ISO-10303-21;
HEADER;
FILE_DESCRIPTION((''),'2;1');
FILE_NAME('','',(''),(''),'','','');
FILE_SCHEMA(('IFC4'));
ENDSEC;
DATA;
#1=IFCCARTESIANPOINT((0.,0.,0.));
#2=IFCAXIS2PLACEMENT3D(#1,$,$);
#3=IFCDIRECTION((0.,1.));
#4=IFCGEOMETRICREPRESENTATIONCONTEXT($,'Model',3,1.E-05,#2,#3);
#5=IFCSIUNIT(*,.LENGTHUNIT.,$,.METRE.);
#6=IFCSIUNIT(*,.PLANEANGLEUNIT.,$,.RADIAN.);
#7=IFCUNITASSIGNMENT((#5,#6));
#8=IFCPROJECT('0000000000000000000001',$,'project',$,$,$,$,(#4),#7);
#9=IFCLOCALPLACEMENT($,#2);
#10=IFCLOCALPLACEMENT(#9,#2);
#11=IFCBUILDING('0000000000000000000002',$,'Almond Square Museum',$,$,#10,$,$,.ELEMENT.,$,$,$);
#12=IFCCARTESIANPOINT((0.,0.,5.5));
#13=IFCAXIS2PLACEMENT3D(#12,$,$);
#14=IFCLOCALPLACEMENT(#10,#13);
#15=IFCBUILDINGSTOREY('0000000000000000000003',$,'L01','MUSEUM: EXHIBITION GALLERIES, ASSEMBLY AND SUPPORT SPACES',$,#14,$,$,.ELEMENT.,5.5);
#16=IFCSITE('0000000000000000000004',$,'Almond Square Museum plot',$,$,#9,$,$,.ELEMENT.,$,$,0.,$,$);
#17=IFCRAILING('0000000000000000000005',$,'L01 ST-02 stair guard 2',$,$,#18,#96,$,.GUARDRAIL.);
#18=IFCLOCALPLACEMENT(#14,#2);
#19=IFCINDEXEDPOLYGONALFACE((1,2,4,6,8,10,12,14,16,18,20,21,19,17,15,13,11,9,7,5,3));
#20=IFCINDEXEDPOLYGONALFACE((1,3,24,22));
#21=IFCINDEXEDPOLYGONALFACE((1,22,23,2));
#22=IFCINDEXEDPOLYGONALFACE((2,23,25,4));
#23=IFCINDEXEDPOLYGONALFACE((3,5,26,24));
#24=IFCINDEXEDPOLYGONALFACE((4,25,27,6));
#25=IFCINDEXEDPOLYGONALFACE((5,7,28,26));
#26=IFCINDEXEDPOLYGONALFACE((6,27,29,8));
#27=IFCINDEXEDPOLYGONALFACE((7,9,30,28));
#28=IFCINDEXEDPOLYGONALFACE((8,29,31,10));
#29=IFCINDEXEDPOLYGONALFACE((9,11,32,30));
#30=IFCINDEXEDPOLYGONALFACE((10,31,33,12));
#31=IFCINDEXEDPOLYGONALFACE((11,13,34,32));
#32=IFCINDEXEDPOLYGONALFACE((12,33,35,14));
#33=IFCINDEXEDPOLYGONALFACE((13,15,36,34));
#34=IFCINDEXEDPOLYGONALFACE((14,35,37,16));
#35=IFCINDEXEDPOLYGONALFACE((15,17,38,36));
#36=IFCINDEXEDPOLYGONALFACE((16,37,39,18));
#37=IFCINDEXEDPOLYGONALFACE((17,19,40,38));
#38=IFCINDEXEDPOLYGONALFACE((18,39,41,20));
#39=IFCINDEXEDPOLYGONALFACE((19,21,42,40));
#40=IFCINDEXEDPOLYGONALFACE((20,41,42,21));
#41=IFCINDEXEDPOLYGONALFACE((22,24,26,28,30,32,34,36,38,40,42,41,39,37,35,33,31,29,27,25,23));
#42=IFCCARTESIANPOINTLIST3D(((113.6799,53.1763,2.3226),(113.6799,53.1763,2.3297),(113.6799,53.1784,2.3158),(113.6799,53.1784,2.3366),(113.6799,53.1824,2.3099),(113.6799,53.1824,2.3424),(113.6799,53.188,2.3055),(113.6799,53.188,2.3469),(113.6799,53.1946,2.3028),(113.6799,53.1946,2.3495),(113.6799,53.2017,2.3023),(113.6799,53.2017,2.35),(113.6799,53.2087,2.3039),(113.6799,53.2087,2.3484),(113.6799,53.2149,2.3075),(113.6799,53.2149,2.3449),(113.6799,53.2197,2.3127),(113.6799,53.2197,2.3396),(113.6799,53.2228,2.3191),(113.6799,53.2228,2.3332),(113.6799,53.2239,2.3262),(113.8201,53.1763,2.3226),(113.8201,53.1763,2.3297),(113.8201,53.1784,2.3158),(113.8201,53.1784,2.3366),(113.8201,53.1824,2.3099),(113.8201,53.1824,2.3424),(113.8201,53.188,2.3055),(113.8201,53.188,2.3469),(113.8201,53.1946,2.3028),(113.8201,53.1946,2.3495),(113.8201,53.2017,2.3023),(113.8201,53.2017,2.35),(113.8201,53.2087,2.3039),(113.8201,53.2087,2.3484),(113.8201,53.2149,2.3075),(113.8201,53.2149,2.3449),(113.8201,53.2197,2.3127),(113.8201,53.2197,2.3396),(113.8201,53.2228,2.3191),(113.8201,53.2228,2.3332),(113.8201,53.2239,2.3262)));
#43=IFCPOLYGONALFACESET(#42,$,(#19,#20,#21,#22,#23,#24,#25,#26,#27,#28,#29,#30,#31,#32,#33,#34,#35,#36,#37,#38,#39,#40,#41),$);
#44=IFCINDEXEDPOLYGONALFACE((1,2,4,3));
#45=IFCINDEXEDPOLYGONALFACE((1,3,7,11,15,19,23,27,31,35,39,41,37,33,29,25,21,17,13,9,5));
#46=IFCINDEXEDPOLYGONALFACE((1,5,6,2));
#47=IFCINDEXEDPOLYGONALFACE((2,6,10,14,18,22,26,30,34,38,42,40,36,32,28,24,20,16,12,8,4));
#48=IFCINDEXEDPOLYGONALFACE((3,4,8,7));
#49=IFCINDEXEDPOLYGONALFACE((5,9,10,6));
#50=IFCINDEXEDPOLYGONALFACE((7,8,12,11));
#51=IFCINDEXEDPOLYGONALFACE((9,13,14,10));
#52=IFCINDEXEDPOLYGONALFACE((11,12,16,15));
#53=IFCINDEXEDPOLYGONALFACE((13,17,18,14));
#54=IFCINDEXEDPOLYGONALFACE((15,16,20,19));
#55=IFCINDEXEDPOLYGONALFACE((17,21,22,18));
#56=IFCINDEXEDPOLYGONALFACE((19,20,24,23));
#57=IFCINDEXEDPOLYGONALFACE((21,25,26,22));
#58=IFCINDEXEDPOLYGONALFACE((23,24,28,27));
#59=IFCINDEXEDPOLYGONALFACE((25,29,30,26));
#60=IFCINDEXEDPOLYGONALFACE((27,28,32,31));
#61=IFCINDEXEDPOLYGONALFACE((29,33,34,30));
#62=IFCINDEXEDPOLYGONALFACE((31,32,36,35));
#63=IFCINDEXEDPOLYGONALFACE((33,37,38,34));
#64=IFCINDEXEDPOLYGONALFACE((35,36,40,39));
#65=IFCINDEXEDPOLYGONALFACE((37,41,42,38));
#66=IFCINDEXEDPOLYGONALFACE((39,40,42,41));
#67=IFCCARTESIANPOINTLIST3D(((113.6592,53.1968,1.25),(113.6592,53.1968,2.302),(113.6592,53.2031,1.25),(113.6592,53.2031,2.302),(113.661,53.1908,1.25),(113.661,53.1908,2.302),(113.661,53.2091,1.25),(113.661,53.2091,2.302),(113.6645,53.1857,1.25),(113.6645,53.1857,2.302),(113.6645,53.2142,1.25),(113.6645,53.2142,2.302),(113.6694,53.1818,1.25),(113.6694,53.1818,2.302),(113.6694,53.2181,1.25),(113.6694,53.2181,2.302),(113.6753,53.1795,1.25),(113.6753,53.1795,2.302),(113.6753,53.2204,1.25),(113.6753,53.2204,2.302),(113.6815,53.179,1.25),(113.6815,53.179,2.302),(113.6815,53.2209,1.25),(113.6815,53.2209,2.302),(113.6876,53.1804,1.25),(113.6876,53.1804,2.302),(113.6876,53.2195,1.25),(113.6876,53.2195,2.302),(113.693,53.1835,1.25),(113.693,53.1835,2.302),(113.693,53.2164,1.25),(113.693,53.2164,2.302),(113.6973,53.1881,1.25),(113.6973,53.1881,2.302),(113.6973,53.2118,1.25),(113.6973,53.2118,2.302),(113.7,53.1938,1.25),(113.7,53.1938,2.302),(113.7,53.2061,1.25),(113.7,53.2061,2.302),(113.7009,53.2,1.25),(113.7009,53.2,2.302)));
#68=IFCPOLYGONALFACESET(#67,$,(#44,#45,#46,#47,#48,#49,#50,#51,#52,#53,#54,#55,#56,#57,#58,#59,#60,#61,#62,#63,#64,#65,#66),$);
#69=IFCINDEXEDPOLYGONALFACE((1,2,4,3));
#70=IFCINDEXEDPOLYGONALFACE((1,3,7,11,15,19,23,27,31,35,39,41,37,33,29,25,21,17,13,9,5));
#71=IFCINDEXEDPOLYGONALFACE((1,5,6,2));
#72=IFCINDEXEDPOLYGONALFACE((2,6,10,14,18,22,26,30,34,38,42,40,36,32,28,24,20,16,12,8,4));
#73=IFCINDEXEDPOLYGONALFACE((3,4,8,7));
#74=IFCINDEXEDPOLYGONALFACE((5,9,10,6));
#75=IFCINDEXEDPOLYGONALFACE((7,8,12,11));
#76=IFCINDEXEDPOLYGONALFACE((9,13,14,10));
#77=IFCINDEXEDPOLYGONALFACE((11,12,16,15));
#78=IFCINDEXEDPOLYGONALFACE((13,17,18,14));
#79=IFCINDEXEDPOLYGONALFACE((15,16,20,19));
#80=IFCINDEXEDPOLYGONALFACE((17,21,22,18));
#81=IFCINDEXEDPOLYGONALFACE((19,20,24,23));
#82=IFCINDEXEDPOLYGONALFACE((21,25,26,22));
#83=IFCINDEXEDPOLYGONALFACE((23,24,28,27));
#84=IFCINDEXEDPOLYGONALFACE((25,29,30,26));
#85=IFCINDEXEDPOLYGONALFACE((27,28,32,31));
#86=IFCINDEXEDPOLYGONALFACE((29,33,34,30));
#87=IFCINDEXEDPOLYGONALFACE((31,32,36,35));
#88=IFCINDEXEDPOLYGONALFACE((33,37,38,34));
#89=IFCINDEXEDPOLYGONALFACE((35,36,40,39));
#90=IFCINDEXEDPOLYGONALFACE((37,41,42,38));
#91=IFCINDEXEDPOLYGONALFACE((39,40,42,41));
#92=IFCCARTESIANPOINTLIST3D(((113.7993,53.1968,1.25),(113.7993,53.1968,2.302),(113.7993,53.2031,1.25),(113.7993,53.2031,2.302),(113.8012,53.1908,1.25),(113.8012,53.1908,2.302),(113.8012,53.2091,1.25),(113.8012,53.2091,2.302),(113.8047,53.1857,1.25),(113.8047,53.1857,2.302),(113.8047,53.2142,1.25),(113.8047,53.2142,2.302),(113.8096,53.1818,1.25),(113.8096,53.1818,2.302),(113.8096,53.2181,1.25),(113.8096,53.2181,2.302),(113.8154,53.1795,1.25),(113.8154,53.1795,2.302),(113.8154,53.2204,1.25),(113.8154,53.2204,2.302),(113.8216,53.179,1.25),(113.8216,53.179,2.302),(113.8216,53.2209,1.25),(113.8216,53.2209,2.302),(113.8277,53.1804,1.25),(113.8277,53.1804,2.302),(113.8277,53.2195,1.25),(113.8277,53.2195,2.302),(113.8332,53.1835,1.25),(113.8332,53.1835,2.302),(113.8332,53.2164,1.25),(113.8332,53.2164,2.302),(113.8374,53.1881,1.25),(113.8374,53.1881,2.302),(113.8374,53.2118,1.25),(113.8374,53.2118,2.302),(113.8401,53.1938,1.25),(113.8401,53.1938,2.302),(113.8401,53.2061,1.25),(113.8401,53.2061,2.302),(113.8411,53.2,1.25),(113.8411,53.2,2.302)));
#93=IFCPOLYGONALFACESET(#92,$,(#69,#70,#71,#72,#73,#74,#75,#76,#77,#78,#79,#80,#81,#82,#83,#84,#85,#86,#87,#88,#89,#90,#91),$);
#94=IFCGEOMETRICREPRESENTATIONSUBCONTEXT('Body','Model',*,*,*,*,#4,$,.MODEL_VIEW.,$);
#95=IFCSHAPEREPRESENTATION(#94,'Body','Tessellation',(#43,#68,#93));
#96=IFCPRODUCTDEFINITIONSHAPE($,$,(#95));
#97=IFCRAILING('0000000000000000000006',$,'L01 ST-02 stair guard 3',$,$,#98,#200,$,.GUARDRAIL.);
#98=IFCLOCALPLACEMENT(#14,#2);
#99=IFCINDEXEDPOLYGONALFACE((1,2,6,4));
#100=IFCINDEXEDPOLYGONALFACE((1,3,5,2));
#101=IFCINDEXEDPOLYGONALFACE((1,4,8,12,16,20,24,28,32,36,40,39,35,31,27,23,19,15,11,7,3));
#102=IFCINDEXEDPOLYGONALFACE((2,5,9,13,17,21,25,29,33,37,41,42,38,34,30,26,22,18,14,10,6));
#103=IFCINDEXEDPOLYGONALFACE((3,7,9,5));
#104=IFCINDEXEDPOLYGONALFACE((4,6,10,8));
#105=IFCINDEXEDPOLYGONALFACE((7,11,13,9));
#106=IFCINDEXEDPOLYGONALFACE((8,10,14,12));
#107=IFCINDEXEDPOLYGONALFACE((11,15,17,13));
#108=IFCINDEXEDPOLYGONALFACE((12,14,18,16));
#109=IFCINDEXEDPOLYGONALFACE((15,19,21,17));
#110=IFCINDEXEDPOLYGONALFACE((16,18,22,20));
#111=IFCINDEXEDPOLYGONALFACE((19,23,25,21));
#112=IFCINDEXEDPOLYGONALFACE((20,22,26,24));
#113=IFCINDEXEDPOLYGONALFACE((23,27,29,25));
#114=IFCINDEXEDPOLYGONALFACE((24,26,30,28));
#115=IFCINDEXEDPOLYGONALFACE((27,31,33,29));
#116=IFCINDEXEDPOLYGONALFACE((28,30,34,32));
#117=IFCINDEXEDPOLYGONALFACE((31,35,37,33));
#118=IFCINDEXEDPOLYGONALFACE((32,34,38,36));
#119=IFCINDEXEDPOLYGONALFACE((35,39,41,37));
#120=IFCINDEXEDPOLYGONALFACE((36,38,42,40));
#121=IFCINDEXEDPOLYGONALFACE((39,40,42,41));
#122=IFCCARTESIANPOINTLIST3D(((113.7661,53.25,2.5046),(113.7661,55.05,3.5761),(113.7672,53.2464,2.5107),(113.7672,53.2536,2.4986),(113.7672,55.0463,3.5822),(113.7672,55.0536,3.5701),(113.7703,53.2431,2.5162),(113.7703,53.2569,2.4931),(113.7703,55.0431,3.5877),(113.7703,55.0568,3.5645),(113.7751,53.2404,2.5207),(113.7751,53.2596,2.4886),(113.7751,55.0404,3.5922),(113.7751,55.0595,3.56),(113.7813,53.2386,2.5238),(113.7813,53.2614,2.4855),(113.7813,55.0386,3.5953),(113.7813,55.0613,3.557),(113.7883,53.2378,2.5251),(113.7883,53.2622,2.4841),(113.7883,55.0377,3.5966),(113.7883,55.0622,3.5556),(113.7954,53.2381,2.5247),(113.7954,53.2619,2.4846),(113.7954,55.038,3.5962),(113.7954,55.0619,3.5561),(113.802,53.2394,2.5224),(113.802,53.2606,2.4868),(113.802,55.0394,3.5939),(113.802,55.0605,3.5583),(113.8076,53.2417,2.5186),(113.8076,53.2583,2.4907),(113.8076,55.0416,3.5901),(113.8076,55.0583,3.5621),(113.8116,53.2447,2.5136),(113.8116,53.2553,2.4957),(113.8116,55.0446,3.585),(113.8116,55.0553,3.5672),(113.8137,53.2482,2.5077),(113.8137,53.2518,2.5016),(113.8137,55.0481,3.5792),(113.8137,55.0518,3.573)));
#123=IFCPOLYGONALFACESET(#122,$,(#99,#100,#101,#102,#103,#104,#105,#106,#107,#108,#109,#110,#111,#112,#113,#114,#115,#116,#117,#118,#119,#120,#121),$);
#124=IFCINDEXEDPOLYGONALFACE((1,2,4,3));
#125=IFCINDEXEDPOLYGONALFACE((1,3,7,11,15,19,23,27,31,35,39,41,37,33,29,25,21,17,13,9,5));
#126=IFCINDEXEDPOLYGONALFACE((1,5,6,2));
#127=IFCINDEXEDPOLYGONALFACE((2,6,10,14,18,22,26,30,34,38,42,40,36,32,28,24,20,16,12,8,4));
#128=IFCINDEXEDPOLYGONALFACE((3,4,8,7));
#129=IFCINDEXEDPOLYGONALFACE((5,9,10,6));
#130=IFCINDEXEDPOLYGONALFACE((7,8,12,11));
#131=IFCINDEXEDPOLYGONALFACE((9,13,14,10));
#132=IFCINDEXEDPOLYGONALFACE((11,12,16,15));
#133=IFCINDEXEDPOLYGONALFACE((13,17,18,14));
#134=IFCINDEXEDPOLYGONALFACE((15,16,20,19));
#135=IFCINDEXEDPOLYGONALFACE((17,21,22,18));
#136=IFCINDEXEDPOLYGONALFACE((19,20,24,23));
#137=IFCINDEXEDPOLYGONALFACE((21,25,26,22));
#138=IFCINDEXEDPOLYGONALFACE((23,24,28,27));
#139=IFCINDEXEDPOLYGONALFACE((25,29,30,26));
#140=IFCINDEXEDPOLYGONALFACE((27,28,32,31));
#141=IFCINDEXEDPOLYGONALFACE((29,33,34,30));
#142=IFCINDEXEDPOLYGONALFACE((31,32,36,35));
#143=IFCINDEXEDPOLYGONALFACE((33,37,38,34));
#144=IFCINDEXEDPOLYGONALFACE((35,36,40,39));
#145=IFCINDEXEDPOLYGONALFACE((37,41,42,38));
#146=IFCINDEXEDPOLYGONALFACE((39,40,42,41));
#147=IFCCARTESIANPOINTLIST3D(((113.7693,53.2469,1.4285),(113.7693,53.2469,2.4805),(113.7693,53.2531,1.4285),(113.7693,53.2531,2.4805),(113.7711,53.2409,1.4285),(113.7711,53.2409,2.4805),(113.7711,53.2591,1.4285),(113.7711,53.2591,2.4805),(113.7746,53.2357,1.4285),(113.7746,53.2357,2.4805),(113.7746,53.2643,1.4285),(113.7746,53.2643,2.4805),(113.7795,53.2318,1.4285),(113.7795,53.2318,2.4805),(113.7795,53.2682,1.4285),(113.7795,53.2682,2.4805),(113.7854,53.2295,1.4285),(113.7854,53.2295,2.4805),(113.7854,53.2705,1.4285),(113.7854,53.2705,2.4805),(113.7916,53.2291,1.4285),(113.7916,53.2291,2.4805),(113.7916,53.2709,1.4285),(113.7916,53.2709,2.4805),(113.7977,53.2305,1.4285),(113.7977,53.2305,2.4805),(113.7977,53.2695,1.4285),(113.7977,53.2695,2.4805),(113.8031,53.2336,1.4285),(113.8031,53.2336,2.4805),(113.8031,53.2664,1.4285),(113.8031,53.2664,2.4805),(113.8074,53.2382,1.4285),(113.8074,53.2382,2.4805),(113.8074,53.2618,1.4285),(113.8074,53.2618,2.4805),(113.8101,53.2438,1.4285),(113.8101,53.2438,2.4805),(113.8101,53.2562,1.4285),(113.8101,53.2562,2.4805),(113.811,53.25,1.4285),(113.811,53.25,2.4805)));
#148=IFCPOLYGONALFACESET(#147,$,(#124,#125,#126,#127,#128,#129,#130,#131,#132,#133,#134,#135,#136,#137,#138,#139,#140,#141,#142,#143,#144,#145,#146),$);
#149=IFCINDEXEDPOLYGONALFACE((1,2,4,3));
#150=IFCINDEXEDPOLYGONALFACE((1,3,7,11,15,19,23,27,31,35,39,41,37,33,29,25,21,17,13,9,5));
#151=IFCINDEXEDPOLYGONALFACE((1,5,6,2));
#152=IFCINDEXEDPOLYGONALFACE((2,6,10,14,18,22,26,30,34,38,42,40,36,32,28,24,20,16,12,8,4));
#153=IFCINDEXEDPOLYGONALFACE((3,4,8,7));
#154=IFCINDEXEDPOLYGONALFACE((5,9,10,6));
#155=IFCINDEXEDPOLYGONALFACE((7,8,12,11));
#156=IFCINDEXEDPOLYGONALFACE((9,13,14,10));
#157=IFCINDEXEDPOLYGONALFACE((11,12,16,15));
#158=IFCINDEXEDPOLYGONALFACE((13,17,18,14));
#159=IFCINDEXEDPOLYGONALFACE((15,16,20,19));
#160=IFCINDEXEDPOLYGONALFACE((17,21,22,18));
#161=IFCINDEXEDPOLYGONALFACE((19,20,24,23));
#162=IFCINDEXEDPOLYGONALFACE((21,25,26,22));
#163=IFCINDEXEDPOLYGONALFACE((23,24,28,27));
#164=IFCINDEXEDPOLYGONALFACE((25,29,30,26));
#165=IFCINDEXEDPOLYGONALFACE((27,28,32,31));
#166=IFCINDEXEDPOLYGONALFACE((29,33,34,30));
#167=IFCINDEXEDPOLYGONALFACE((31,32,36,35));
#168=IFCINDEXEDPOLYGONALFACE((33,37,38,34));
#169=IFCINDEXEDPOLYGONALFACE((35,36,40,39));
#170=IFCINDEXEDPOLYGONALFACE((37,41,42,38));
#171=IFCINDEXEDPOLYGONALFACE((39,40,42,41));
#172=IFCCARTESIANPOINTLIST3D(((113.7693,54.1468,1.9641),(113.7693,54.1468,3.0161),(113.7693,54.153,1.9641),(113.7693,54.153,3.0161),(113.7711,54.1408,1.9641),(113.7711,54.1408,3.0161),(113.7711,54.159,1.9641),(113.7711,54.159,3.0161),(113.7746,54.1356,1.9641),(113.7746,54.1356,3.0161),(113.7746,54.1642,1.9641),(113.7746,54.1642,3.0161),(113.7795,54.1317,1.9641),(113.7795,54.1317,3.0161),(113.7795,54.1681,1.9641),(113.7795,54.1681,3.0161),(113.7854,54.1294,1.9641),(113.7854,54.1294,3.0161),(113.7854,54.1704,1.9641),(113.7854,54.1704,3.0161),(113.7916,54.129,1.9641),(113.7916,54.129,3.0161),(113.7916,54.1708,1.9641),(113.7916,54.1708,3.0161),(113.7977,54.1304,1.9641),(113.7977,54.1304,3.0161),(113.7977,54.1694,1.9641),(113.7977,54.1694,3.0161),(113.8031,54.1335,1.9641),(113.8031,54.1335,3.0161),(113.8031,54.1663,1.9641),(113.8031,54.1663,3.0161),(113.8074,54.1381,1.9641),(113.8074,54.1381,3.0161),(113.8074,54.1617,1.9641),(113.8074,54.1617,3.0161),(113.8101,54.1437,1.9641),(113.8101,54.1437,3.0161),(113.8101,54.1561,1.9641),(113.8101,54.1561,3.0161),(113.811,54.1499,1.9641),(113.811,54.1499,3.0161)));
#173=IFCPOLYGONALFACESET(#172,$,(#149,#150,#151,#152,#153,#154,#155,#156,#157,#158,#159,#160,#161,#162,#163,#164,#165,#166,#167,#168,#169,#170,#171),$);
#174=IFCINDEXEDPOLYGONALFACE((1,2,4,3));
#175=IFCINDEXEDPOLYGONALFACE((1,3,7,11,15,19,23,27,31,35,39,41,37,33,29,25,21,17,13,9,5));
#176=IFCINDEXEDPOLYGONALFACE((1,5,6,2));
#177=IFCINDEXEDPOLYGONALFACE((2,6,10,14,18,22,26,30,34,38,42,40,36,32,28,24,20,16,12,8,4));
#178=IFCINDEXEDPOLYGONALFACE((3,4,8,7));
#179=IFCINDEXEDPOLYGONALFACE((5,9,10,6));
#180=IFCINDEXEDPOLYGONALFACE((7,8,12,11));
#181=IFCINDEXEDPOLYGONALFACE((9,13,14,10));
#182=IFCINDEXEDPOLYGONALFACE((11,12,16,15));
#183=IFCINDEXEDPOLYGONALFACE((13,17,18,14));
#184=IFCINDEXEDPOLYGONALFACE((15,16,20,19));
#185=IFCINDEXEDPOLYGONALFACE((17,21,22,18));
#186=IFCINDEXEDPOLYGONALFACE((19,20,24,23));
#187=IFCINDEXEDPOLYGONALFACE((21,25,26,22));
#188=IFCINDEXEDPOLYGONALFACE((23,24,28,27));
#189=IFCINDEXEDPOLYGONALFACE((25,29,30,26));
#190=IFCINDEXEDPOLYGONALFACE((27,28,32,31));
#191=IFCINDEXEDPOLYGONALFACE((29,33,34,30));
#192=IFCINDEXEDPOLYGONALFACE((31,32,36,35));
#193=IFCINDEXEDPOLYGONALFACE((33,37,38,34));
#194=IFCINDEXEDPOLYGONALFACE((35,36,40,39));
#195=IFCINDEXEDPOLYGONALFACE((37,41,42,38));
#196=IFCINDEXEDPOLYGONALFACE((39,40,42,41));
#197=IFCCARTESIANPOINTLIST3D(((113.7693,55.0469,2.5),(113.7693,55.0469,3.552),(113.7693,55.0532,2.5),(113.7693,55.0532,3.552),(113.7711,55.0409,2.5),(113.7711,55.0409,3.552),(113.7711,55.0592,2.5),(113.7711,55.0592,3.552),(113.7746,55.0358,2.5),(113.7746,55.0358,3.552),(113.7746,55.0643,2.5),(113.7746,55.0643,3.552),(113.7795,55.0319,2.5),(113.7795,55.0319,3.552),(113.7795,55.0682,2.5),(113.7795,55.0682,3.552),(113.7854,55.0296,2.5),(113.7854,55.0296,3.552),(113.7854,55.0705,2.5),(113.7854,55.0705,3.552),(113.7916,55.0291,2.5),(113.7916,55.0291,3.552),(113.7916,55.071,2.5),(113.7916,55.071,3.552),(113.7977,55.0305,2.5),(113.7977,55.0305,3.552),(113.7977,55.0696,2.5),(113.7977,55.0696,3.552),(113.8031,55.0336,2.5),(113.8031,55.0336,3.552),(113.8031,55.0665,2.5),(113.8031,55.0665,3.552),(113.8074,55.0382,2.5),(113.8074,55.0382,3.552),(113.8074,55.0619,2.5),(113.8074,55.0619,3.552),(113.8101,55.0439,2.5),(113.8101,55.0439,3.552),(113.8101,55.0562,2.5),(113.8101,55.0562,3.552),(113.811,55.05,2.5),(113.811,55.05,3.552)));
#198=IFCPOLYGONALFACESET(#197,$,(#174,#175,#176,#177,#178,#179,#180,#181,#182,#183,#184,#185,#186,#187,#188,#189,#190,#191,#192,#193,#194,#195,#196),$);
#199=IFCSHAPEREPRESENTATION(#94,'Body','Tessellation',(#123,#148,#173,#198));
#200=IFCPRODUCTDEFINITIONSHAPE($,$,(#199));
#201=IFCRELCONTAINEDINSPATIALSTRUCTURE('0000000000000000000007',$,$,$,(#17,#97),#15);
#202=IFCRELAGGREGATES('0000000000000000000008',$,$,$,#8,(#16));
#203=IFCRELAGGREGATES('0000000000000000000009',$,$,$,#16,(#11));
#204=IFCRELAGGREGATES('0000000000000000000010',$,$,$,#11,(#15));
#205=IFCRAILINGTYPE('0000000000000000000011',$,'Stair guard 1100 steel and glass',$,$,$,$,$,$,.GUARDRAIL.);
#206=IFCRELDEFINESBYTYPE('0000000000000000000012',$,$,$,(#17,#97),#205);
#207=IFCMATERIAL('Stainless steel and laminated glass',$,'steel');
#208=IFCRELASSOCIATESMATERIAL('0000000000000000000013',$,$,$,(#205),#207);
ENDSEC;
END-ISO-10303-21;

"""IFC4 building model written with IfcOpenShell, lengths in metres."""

from ifc_helpers import new_model, si_unit, direction, frame, origin, origin_2d, place, context, subcontext, project, spatial, circle, extrude, material, type_object, element, save


model = new_model("IFC4")

# Units and contexts
model_context = context("Model", 3, precision=1e-05, world=origin(), true_north=direction((0.0, 1.0)))
body_context = subcontext(model_context, "Body", "Model", "MODEL_VIEW")
ifc_project = project(units=[si_unit("LENGTHUNIT", "METRE"), si_unit("PLANEANGLEUNIT", "RADIAN")], contexts=[model_context])

# Site, building, storey
site_placement = place(None, origin())
site = spatial("IfcSite", under=ifc_project, at=site_placement, Name="Almond Square Museum plot", CompositionType="ELEMENT", RefElevation=0.0)
building_placement = place(site_placement, origin())
building = spatial("IfcBuilding", under=site, at=building_placement, Name="Almond Square Museum", CompositionType="ELEMENT")
storey_placement = place(building_placement, frame((0.0, 0.0, 5.5)))
storey = spatial("IfcBuildingStorey", under=building, at=storey_placement, Name="L01", Description="MUSEUM: EXHIBITION GALLERIES, ASSEMBLY AND SUPPORT SPACES", CompositionType="ELEMENT", Elevation=5.5)

# Railings
ifc_material_1 = material(Name="Stainless steel and laminated glass", Category="steel")
railing_type_1 = type_object("IfcRailingType", Name="Stair guard 1100 steel and glass", PredefinedType="GUARDRAIL", material=ifc_material_1)
railing_1_placement = place(storey_placement, frame((113.6799, 53.2, 1.25)))
element("IfcRailing", 1, at=railing_1_placement, inside=storey, type_object=railing_type_1, Name="L01 ST-02 stair guard 2", PredefinedType="GUARDRAIL", context=body_context, shape_type="SweptSolid", body=[
    extrude(circle(Radius=0.0239, at=origin_2d()), frame((0.0, 0.0, 1.0762), z_axis=(1.0, 0.0, 0.0), x_axis=(0.0, 1.0, 0.0)), (0.0, 0.0, 1.0), 0.1401),
    extrude(circle(Radius=0.021, at=origin_2d()), origin(), (0.0, 0.0, 1.0), 1.052),
    extrude(circle(Radius=0.021, at=origin_2d()), frame((0.1401, 0.0, 0.0)), (0.0, 0.0, 1.0), 1.052),
])
railing_2_placement = place(storey_placement, frame((113.79, 53.25, 1.4285)))
element("IfcRailing", 2, at=railing_2_placement, inside=storey, type_object=railing_type_1, Name="L01 ST-02 stair guard 3", PredefinedType="GUARDRAIL", context=body_context, shape_type="SweptSolid", body=[
    extrude(circle(Radius=0.0239, at=origin_2d()), frame((0.0, 0.0, 1.0762), z_axis=(0.0, 0.859277, 0.51151), x_axis=(-1.0, 0.0, 0.0)), (0.0, 0.0, 1.0), 2.0947),
    extrude(circle(Radius=0.021, at=origin_2d()), origin(), (0.0, 0.0, 1.0), 1.052),
    extrude(circle(Radius=0.021, at=origin_2d()), frame((0.0, 0.8999, 0.5356)), (0.0, 0.0, 1.0), 1.052),
    extrude(circle(Radius=0.021, at=origin_2d()), frame((0.0, 1.8, 1.0715)), (0.0, 0.0, 1.0), 1.052),
])

save(model, "model.ifc")
